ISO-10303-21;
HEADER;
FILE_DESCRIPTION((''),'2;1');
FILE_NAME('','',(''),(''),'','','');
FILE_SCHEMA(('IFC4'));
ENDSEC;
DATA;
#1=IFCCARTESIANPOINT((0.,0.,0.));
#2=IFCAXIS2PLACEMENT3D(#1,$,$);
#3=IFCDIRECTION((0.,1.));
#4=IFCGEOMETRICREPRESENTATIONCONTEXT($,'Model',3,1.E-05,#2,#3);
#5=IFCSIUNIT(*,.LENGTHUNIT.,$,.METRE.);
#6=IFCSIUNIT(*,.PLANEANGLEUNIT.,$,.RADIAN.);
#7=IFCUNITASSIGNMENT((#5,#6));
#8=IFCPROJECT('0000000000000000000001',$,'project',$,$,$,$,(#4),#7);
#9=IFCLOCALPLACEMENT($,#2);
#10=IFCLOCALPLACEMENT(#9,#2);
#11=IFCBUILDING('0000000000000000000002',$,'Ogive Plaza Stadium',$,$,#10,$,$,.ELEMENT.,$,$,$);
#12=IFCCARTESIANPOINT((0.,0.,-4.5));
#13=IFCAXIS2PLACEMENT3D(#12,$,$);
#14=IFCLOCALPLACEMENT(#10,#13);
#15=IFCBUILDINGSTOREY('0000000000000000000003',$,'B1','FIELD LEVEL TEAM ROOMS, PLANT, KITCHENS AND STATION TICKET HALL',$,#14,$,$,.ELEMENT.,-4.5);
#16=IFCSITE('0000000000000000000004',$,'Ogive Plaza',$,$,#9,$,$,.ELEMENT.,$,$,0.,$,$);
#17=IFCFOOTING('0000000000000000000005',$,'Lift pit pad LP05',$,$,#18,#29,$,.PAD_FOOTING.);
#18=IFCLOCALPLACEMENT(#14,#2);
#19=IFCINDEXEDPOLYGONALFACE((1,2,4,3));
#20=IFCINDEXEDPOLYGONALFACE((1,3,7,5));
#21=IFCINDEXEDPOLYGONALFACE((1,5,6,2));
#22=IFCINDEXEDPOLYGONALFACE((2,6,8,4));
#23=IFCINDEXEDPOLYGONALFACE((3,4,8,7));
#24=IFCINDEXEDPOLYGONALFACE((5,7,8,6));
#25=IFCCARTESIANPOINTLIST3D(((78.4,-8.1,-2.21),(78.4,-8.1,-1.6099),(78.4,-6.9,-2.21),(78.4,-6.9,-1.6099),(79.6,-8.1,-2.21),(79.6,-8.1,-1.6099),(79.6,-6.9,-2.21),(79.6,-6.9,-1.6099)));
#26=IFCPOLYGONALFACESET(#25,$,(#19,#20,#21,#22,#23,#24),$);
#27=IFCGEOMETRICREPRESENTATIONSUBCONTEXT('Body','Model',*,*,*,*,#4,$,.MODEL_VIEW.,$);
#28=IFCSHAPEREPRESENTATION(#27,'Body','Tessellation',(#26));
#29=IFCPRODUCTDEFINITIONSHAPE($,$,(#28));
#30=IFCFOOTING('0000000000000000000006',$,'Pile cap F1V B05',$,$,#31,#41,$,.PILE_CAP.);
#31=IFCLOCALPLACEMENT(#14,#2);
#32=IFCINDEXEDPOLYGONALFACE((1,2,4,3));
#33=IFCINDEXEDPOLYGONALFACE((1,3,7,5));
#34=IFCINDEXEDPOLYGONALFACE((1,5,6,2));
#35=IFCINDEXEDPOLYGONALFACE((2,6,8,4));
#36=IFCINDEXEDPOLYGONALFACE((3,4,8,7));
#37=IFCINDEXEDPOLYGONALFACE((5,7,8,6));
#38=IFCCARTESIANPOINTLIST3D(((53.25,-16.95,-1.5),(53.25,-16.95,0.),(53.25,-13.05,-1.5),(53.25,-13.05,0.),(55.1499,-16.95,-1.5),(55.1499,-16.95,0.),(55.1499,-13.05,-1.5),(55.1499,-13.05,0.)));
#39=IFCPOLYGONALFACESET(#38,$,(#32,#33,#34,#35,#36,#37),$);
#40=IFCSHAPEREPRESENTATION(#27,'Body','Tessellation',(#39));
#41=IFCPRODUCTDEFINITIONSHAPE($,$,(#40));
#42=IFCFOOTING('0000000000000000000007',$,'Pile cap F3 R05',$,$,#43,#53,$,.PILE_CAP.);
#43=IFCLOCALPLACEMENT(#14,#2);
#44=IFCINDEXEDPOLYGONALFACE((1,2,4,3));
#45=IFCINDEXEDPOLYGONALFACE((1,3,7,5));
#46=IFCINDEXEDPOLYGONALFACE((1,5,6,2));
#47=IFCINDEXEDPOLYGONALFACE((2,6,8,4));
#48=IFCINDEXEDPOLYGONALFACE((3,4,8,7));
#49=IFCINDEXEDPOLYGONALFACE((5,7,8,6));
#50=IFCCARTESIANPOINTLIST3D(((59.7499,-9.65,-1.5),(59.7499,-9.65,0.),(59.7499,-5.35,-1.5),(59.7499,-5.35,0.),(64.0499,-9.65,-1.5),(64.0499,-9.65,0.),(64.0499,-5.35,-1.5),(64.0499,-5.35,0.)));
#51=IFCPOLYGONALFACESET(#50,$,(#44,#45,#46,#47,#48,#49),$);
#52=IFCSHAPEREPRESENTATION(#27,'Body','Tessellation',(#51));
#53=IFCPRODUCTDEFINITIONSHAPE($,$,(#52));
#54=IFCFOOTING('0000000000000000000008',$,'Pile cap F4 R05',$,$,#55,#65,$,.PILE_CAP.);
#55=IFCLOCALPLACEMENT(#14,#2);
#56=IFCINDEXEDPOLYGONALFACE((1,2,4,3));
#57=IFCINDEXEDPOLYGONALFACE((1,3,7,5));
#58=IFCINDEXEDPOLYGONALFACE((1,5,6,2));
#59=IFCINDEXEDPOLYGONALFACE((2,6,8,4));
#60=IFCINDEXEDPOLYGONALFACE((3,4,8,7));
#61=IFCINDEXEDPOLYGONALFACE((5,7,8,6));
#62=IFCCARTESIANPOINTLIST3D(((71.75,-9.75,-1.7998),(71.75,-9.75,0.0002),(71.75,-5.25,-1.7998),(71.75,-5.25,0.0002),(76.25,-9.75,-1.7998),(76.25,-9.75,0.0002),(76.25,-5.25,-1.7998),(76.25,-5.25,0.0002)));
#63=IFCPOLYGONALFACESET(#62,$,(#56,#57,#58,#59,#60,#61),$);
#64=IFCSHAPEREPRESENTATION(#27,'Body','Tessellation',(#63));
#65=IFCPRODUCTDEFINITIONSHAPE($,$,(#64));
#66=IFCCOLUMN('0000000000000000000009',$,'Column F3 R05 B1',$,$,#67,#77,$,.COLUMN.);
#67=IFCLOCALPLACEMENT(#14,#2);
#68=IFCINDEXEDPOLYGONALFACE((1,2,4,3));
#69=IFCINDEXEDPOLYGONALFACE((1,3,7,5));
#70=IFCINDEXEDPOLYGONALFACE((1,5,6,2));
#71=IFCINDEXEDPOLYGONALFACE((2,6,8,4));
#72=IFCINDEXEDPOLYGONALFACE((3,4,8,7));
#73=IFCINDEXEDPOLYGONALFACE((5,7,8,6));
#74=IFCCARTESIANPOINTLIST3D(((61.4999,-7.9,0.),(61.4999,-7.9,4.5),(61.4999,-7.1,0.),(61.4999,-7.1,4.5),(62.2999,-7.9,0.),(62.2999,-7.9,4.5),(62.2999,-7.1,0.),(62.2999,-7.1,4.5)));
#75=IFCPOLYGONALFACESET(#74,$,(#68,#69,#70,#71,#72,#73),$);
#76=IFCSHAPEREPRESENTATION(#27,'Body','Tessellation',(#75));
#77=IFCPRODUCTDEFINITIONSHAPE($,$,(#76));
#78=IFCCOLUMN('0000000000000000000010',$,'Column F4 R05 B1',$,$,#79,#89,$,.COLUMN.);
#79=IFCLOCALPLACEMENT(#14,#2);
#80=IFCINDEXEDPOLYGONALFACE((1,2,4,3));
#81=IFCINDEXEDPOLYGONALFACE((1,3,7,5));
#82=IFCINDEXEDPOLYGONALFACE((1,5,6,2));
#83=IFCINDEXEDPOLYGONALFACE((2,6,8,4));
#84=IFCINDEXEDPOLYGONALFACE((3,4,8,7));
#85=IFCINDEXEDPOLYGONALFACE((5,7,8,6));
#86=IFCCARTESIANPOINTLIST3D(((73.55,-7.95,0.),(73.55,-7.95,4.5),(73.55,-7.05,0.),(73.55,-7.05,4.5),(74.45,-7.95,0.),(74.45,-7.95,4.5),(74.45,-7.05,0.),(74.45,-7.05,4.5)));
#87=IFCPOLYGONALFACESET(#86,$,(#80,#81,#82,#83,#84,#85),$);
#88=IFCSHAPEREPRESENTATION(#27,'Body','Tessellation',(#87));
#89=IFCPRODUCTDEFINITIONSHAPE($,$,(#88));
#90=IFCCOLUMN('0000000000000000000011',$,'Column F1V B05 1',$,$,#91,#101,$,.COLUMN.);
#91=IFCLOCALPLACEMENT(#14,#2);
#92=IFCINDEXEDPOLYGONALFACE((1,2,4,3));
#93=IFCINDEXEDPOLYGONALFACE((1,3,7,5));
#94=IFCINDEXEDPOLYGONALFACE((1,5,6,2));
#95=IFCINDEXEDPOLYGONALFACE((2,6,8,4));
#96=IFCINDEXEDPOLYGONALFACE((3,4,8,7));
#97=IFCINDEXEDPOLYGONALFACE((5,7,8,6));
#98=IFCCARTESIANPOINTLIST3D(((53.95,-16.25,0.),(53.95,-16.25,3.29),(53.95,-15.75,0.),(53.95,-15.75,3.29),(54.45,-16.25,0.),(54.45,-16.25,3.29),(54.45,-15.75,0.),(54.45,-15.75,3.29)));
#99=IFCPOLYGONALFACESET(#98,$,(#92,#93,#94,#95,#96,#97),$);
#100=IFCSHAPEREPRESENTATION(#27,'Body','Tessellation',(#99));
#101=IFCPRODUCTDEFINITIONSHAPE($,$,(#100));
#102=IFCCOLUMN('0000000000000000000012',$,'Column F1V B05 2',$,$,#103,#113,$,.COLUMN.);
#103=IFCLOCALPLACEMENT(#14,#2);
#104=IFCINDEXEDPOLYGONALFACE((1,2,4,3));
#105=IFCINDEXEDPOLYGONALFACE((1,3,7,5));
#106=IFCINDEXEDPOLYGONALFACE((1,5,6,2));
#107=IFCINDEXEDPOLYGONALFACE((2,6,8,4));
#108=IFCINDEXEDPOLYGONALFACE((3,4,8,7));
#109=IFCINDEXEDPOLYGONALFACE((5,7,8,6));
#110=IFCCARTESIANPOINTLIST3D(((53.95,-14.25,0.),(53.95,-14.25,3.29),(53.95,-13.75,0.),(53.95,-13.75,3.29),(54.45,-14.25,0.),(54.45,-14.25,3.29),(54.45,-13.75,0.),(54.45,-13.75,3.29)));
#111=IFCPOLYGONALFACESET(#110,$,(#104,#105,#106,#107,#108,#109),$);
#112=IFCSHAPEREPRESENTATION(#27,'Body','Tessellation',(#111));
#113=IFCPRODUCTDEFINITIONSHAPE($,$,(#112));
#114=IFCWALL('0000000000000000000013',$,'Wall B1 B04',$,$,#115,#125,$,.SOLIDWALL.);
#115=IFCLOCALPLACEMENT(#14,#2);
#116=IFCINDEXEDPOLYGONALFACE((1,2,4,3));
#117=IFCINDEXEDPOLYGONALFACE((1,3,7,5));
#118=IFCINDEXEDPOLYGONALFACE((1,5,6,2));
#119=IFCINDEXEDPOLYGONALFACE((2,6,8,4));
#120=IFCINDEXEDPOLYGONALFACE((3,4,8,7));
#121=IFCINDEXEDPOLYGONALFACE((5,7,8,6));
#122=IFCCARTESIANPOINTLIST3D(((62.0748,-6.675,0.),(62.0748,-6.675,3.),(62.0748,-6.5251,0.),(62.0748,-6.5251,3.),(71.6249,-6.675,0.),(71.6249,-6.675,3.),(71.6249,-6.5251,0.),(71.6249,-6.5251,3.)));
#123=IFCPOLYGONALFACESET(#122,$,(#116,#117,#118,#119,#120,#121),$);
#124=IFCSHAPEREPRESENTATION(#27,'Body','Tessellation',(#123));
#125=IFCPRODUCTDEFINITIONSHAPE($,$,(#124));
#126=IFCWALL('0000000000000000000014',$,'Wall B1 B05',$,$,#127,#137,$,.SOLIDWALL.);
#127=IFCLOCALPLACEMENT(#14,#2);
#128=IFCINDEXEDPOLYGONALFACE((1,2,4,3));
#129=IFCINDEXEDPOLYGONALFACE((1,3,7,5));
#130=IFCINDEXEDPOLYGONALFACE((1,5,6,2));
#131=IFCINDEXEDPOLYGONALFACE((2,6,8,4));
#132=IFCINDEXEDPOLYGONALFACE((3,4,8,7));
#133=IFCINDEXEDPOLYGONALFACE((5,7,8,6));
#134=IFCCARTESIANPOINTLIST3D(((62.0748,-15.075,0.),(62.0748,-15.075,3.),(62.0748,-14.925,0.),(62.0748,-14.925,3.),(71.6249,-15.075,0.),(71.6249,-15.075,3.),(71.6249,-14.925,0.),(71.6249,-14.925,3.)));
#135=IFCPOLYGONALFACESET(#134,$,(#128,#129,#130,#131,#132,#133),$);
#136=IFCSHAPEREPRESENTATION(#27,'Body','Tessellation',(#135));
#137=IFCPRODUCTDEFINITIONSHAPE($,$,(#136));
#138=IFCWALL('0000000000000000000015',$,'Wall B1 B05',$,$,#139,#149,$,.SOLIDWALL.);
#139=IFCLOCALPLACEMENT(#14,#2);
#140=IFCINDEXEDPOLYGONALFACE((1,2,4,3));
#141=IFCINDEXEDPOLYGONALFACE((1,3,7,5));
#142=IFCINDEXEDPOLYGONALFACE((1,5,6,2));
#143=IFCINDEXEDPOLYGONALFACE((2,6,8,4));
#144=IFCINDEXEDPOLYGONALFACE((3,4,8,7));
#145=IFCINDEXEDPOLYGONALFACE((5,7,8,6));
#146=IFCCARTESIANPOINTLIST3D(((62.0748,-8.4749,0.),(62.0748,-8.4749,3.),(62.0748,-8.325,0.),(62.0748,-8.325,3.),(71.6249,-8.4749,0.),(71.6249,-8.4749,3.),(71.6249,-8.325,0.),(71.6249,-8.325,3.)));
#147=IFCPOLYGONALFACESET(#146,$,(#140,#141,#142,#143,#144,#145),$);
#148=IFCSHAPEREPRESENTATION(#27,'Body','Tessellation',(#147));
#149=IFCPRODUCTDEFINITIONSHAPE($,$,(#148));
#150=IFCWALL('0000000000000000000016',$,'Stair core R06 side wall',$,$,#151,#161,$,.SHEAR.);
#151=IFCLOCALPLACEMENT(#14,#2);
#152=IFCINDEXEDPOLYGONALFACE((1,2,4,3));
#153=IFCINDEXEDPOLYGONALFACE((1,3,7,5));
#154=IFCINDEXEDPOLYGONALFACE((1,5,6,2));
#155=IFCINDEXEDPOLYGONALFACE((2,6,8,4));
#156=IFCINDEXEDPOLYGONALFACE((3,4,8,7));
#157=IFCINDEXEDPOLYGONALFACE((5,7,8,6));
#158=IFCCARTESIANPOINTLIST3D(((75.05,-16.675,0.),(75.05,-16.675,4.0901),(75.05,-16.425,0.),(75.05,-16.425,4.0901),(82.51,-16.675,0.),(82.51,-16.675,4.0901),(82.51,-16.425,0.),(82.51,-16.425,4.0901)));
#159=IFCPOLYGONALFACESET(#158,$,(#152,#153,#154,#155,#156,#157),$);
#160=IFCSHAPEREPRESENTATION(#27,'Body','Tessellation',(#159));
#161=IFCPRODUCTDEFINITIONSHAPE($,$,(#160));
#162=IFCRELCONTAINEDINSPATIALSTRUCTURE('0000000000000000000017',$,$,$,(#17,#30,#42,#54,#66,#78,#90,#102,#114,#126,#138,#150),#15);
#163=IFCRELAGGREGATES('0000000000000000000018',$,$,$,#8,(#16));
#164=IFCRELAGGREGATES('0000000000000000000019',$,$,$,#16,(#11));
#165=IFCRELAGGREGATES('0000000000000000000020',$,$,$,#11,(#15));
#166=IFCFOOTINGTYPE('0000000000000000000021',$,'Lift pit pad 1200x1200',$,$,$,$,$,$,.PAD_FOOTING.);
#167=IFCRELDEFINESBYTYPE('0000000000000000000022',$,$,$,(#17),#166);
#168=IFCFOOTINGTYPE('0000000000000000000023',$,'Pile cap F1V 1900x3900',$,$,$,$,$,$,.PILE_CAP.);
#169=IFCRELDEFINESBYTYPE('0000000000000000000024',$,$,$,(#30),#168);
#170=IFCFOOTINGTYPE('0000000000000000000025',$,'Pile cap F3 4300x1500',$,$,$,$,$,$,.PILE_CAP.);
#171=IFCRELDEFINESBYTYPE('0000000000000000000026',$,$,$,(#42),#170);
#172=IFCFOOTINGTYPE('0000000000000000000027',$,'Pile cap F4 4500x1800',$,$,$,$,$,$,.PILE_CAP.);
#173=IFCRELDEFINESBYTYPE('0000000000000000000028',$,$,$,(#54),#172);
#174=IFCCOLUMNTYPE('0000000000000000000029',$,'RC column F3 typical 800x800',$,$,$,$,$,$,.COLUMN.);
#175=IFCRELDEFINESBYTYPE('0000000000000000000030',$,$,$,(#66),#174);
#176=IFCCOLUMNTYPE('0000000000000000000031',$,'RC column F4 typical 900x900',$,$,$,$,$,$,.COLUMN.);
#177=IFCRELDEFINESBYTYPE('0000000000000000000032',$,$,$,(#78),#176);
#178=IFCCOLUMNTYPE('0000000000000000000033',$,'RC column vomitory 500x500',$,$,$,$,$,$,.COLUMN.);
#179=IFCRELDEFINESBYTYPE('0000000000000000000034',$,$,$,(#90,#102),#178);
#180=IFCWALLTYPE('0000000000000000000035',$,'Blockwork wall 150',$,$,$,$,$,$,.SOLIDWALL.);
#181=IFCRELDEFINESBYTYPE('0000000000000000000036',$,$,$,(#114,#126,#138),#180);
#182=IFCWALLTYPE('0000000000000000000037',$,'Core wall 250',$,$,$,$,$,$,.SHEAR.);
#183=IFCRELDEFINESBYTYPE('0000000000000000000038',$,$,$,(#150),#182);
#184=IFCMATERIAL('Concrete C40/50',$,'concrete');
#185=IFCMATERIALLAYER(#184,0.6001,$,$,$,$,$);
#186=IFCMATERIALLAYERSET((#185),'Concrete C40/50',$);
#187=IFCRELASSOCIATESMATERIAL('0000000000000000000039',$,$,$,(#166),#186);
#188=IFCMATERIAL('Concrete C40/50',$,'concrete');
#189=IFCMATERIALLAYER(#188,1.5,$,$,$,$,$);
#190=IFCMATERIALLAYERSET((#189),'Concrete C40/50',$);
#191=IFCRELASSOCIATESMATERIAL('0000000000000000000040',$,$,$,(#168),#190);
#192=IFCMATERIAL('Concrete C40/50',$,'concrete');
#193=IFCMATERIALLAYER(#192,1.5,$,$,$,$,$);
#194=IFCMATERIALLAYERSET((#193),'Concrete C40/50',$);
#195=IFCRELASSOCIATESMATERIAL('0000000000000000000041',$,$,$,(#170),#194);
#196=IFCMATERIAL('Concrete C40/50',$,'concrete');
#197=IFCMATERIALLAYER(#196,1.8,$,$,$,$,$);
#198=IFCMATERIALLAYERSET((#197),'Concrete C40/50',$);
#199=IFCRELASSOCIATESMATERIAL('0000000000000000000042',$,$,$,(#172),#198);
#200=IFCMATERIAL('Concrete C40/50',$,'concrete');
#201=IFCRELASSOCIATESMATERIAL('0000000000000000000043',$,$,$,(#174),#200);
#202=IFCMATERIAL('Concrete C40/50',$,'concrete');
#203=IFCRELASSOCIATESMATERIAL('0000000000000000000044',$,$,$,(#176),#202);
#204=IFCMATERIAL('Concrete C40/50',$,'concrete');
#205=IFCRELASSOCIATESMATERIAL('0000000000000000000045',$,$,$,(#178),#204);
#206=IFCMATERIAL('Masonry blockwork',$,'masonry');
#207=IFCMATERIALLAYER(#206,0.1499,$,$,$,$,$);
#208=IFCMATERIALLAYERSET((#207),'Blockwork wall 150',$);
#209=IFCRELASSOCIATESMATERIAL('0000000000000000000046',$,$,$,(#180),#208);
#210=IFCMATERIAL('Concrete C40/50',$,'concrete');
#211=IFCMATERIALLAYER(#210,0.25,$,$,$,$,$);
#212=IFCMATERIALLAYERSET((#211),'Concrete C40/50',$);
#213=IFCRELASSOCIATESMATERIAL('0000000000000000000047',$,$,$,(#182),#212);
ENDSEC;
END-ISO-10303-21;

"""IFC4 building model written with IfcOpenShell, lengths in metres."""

from ifc_helpers import new_model, si_unit, direction, frame, frame_2d, origin, origin_2d, place, context, subcontext, project, spatial, rectangle, extrude, material, layer, layer_set, material_profile, profile_set, type_object, element, save


model = new_model("IFC4")

# Units and contexts
model_context = context("Model", 3, precision=1e-05, world=origin(), true_north=direction((0.0, 1.0)))
body_context = subcontext(model_context, "Body", "Model", "MODEL_VIEW")
ifc_project = project(units=[si_unit("LENGTHUNIT", "METRE"), si_unit("PLANEANGLEUNIT", "RADIAN")], contexts=[model_context])

# Site, building, storey
site_placement = place(None, origin())
site = spatial("IfcSite", under=ifc_project, at=site_placement, Name="Ogive Plaza", CompositionType="ELEMENT", RefElevation=0.0)
building_placement = place(site_placement, origin())
building = spatial("IfcBuilding", under=site, at=building_placement, Name="Ogive Plaza Stadium", CompositionType="ELEMENT")
storey_placement = place(building_placement, frame((0.0, 0.0, -4.5)))
storey = spatial("IfcBuildingStorey", under=building, at=storey_placement, Name="B1", Description="FIELD LEVEL TEAM ROOMS, PLANT, KITCHENS AND STATION TICKET HALL", CompositionType="ELEMENT", Elevation=-4.5)

# Footings
ifc_material_1 = material(Name="Concrete C40/50", Category="concrete")
ifc_layer_1 = layer(ifc_material_1, 0.6001)
ifc_layer_set_1 = layer_set([ifc_layer_1], Name="Concrete C40/50")
footing_type_1 = type_object("IfcFootingType", Name="Lift pit pad 1200x1200", PredefinedType="PAD_FOOTING", material=ifc_layer_set_1)
for number, where, z_axis, x_axis, name in (
    (1, (79.0, -7.5, -2.21), (0.0, 0.0, 1.0), (1.0, 0.0, 0.0), "Lift pit pad LP05"),
):
    element("IfcFooting", number, at=place(storey_placement, frame(where, z_axis=z_axis, x_axis=x_axis)), inside=storey, type_object=footing_type_1, Name=name, PredefinedType="PAD_FOOTING", context=body_context, shape_type="SweptSolid", body=[
        extrude(rectangle(XDim=1.2, YDim=1.2, at=origin_2d()), origin(), (0.0, 0.0, 1.0), 0.6001),
    ])
ifc_material_2 = material(Name="Concrete C40/50", Category="concrete")
ifc_layer_2 = layer(ifc_material_2, 1.5)
ifc_layer_set_2 = layer_set([ifc_layer_2], Name="Concrete C40/50")
footing_type_2 = type_object("IfcFootingType", Name="Pile cap F1V 1900x3900", PredefinedType="PILE_CAP", material=ifc_layer_set_2)
footing_1_placement = place(storey_placement, frame((54.2, -15.0, -1.5), z_axis=(0.0, 0.0, 1.0), x_axis=(1.0, 0.0, 0.0)))
element("IfcFooting", 2, at=footing_1_placement, inside=storey, type_object=footing_type_2, Name="Pile cap F1V B05", PredefinedType="PILE_CAP", context=body_context, shape_type="SweptSolid", body=[
    extrude(rectangle(XDim=1.8999, YDim=3.8999, at=origin_2d()), origin(), (0.0, 0.0, 1.0), 1.5),
])
ifc_material_3 = material(Name="Concrete C40/50", Category="concrete")
ifc_layer_3 = layer(ifc_material_3, 1.5)
ifc_layer_set_3 = layer_set([ifc_layer_3], Name="Concrete C40/50")
footing_type_3 = type_object("IfcFootingType", Name="Pile cap F3 4300x1500", PredefinedType="PILE_CAP", material=ifc_layer_set_3)
footing_2_placement = place(storey_placement, frame((61.8999, -7.5, -1.5), z_axis=(0.0, 0.0, 1.0), x_axis=(1.0, 0.0, 0.0)))
element("IfcFooting", 3, at=footing_2_placement, inside=storey, type_object=footing_type_3, Name="Pile cap F3 R05", PredefinedType="PILE_CAP", context=body_context, shape_type="SweptSolid", body=[
    extrude(rectangle(XDim=4.3, YDim=4.3, at=origin_2d()), origin(), (0.0, 0.0, 1.0), 1.5),
])
ifc_material_4 = material(Name="Concrete C40/50", Category="concrete")
ifc_layer_4 = layer(ifc_material_4, 1.8)
ifc_layer_set_4 = layer_set([ifc_layer_4], Name="Concrete C40/50")
footing_type_4 = type_object("IfcFootingType", Name="Pile cap F4 4500x1800", PredefinedType="PILE_CAP", material=ifc_layer_set_4)
footing_3_placement = place(storey_placement, frame((74.0, -7.5, -1.7998), z_axis=(0.0, 0.0, 1.0), x_axis=(1.0, 0.0, 0.0)))
element("IfcFooting", 4, at=footing_3_placement, inside=storey, type_object=footing_type_4, Name="Pile cap F4 R05", PredefinedType="PILE_CAP", context=body_context, shape_type="SweptSolid", body=[
    extrude(rectangle(XDim=4.5, YDim=4.5, at=origin_2d()), origin(), (0.0, 0.0, 1.0), 1.8),
])

# Columns
ifc_material_5 = material(Name="Concrete C40/50", Category="concrete")
ifc_material_profile_1 = material_profile(ifc_material_5, rectangle(XDim=0.8, YDim=0.8, at=origin_2d()), Name="RC 800x800")
ifc_profile_set_1 = profile_set([ifc_material_profile_1], Name="Concrete C40/50")
column_type_1 = type_object("IfcColumnType", Name="RC column F3 typical 800x800", PredefinedType="COLUMN", material=ifc_profile_set_1)
column_1_placement = place(storey_placement, frame((61.8999, -7.5, 0.0), z_axis=(0.0, 0.0, 1.0), x_axis=(0.0, 1.0, 0.0)))
element("IfcColumn", 5, at=column_1_placement, inside=storey, type_object=column_type_1, Name="Column F3 R05 B1", PredefinedType="COLUMN", context=body_context, shape_type="SweptSolid", body=[
    extrude(rectangle(XDim=0.8, YDim=0.8, at=origin_2d()), origin(), (0.0, 0.0, 1.0), 4.5),
])
ifc_material_6 = material(Name="Concrete C40/50", Category="concrete")
ifc_material_profile_2 = material_profile(ifc_material_6, rectangle(XDim=0.8999, YDim=0.8999, at=origin_2d()), Name="RC 900x900")
ifc_profile_set_2 = profile_set([ifc_material_profile_2], Name="Concrete C40/50")
column_type_2 = type_object("IfcColumnType", Name="RC column F4 typical 900x900", PredefinedType="COLUMN", material=ifc_profile_set_2)
column_2_placement = place(storey_placement, frame((74.0, -7.5, 0.0), z_axis=(0.0, 0.0, 1.0), x_axis=(0.0, 1.0, 0.0)))
element("IfcColumn", 6, at=column_2_placement, inside=storey, type_object=column_type_2, Name="Column F4 R05 B1", PredefinedType="COLUMN", context=body_context, shape_type="SweptSolid", body=[
    extrude(rectangle(XDim=0.8999, YDim=0.8999, at=origin_2d()), origin(), (0.0, 0.0, 1.0), 4.5),
])
ifc_material_7 = material(Name="Concrete C40/50", Category="concrete")
ifc_material_profile_3 = material_profile(ifc_material_7, rectangle(XDim=0.5, YDim=0.5, at=origin_2d()), Name="RC 500x500")
ifc_profile_set_3 = profile_set([ifc_material_profile_3], Name="Concrete C40/50")
column_type_3 = type_object("IfcColumnType", Name="RC column vomitory 500x500", PredefinedType="COLUMN", material=ifc_profile_set_3)
for number, where, z_axis, x_axis, name in (
    (7, (54.2, -16.0, 0.0), (0.0, 0.0, 1.0), (0.0, 1.0, 0.0), "Column F1V B05 1"),
    (8, (54.2, -14.0, 0.0), (0.0, 0.0, 1.0), (0.0, 1.0, 0.0), "Column F1V B05 2"),
):
    element("IfcColumn", number, at=place(storey_placement, frame(where, z_axis=z_axis, x_axis=x_axis)), inside=storey, type_object=column_type_3, Name=name, PredefinedType="COLUMN", context=body_context, shape_type="SweptSolid", body=[
        extrude(rectangle(XDim=0.5, YDim=0.5, at=origin_2d()), origin(), (0.0, 0.0, 1.0), 3.29),
    ])

# Walls
ifc_material_8 = material(Name="Masonry blockwork", Category="masonry")
ifc_layer_5 = layer(ifc_material_8, 0.1499)
ifc_layer_set_5 = layer_set([ifc_layer_5], Name="Blockwork wall 150")
wall_type_1 = type_object("IfcWallType", Name="Blockwork wall 150", PredefinedType="SOLIDWALL", material=ifc_layer_set_5)
for number, where, z_axis, x_axis, name in (
    (9, (62.075, -6.6001, 0.0), (0.0, 0.0, 1.0), (1.0, 0.0, 0.0), "Wall B1 B04"),
    (10, (62.075, -15.0, 0.0), (0.0, 0.0, 1.0), (1.0, 0.0, 0.0), "Wall B1 B05"),
    (11, (62.075, -8.3999, 0.0), (0.0, 0.0, 1.0), (1.0, 0.0, 0.0), "Wall B1 B05"),
):
    element("IfcWall", number, at=place(storey_placement, frame(where, z_axis=z_axis, x_axis=x_axis)), inside=storey, type_object=wall_type_1, Name=name, PredefinedType="SOLIDWALL", context=body_context, shape_type="SweptSolid", body=[
        extrude(rectangle(XDim=9.55, YDim=0.1499, at=frame_2d((4.7749, 0.0))), origin(), (0.0, 0.0, 1.0), 3.0),
    ])
ifc_material_9 = material(Name="Concrete C40/50", Category="concrete")
ifc_layer_6 = layer(ifc_material_9, 0.25)
ifc_layer_set_6 = layer_set([ifc_layer_6], Name="Concrete C40/50")
wall_type_2 = type_object("IfcWallType", Name="Core wall 250", PredefinedType="SHEAR", material=ifc_layer_set_6)
wall_1_placement = place(storey_placement, frame((75.05, -16.55, 0.0), z_axis=(0.0, 0.0, 1.0), x_axis=(1.0, 0.0, 0.0)))
element("IfcWall", 12, at=wall_1_placement, inside=storey, type_object=wall_type_2, Name="Stair core R06 side wall", PredefinedType="SHEAR", context=body_context, shape_type="SweptSolid", body=[
    extrude(rectangle(XDim=7.46, YDim=0.25, at=frame_2d((3.73, 0.0))), origin(), (0.0, 0.0, 1.0), 4.0901),
])

save(model, "model.ifc")
